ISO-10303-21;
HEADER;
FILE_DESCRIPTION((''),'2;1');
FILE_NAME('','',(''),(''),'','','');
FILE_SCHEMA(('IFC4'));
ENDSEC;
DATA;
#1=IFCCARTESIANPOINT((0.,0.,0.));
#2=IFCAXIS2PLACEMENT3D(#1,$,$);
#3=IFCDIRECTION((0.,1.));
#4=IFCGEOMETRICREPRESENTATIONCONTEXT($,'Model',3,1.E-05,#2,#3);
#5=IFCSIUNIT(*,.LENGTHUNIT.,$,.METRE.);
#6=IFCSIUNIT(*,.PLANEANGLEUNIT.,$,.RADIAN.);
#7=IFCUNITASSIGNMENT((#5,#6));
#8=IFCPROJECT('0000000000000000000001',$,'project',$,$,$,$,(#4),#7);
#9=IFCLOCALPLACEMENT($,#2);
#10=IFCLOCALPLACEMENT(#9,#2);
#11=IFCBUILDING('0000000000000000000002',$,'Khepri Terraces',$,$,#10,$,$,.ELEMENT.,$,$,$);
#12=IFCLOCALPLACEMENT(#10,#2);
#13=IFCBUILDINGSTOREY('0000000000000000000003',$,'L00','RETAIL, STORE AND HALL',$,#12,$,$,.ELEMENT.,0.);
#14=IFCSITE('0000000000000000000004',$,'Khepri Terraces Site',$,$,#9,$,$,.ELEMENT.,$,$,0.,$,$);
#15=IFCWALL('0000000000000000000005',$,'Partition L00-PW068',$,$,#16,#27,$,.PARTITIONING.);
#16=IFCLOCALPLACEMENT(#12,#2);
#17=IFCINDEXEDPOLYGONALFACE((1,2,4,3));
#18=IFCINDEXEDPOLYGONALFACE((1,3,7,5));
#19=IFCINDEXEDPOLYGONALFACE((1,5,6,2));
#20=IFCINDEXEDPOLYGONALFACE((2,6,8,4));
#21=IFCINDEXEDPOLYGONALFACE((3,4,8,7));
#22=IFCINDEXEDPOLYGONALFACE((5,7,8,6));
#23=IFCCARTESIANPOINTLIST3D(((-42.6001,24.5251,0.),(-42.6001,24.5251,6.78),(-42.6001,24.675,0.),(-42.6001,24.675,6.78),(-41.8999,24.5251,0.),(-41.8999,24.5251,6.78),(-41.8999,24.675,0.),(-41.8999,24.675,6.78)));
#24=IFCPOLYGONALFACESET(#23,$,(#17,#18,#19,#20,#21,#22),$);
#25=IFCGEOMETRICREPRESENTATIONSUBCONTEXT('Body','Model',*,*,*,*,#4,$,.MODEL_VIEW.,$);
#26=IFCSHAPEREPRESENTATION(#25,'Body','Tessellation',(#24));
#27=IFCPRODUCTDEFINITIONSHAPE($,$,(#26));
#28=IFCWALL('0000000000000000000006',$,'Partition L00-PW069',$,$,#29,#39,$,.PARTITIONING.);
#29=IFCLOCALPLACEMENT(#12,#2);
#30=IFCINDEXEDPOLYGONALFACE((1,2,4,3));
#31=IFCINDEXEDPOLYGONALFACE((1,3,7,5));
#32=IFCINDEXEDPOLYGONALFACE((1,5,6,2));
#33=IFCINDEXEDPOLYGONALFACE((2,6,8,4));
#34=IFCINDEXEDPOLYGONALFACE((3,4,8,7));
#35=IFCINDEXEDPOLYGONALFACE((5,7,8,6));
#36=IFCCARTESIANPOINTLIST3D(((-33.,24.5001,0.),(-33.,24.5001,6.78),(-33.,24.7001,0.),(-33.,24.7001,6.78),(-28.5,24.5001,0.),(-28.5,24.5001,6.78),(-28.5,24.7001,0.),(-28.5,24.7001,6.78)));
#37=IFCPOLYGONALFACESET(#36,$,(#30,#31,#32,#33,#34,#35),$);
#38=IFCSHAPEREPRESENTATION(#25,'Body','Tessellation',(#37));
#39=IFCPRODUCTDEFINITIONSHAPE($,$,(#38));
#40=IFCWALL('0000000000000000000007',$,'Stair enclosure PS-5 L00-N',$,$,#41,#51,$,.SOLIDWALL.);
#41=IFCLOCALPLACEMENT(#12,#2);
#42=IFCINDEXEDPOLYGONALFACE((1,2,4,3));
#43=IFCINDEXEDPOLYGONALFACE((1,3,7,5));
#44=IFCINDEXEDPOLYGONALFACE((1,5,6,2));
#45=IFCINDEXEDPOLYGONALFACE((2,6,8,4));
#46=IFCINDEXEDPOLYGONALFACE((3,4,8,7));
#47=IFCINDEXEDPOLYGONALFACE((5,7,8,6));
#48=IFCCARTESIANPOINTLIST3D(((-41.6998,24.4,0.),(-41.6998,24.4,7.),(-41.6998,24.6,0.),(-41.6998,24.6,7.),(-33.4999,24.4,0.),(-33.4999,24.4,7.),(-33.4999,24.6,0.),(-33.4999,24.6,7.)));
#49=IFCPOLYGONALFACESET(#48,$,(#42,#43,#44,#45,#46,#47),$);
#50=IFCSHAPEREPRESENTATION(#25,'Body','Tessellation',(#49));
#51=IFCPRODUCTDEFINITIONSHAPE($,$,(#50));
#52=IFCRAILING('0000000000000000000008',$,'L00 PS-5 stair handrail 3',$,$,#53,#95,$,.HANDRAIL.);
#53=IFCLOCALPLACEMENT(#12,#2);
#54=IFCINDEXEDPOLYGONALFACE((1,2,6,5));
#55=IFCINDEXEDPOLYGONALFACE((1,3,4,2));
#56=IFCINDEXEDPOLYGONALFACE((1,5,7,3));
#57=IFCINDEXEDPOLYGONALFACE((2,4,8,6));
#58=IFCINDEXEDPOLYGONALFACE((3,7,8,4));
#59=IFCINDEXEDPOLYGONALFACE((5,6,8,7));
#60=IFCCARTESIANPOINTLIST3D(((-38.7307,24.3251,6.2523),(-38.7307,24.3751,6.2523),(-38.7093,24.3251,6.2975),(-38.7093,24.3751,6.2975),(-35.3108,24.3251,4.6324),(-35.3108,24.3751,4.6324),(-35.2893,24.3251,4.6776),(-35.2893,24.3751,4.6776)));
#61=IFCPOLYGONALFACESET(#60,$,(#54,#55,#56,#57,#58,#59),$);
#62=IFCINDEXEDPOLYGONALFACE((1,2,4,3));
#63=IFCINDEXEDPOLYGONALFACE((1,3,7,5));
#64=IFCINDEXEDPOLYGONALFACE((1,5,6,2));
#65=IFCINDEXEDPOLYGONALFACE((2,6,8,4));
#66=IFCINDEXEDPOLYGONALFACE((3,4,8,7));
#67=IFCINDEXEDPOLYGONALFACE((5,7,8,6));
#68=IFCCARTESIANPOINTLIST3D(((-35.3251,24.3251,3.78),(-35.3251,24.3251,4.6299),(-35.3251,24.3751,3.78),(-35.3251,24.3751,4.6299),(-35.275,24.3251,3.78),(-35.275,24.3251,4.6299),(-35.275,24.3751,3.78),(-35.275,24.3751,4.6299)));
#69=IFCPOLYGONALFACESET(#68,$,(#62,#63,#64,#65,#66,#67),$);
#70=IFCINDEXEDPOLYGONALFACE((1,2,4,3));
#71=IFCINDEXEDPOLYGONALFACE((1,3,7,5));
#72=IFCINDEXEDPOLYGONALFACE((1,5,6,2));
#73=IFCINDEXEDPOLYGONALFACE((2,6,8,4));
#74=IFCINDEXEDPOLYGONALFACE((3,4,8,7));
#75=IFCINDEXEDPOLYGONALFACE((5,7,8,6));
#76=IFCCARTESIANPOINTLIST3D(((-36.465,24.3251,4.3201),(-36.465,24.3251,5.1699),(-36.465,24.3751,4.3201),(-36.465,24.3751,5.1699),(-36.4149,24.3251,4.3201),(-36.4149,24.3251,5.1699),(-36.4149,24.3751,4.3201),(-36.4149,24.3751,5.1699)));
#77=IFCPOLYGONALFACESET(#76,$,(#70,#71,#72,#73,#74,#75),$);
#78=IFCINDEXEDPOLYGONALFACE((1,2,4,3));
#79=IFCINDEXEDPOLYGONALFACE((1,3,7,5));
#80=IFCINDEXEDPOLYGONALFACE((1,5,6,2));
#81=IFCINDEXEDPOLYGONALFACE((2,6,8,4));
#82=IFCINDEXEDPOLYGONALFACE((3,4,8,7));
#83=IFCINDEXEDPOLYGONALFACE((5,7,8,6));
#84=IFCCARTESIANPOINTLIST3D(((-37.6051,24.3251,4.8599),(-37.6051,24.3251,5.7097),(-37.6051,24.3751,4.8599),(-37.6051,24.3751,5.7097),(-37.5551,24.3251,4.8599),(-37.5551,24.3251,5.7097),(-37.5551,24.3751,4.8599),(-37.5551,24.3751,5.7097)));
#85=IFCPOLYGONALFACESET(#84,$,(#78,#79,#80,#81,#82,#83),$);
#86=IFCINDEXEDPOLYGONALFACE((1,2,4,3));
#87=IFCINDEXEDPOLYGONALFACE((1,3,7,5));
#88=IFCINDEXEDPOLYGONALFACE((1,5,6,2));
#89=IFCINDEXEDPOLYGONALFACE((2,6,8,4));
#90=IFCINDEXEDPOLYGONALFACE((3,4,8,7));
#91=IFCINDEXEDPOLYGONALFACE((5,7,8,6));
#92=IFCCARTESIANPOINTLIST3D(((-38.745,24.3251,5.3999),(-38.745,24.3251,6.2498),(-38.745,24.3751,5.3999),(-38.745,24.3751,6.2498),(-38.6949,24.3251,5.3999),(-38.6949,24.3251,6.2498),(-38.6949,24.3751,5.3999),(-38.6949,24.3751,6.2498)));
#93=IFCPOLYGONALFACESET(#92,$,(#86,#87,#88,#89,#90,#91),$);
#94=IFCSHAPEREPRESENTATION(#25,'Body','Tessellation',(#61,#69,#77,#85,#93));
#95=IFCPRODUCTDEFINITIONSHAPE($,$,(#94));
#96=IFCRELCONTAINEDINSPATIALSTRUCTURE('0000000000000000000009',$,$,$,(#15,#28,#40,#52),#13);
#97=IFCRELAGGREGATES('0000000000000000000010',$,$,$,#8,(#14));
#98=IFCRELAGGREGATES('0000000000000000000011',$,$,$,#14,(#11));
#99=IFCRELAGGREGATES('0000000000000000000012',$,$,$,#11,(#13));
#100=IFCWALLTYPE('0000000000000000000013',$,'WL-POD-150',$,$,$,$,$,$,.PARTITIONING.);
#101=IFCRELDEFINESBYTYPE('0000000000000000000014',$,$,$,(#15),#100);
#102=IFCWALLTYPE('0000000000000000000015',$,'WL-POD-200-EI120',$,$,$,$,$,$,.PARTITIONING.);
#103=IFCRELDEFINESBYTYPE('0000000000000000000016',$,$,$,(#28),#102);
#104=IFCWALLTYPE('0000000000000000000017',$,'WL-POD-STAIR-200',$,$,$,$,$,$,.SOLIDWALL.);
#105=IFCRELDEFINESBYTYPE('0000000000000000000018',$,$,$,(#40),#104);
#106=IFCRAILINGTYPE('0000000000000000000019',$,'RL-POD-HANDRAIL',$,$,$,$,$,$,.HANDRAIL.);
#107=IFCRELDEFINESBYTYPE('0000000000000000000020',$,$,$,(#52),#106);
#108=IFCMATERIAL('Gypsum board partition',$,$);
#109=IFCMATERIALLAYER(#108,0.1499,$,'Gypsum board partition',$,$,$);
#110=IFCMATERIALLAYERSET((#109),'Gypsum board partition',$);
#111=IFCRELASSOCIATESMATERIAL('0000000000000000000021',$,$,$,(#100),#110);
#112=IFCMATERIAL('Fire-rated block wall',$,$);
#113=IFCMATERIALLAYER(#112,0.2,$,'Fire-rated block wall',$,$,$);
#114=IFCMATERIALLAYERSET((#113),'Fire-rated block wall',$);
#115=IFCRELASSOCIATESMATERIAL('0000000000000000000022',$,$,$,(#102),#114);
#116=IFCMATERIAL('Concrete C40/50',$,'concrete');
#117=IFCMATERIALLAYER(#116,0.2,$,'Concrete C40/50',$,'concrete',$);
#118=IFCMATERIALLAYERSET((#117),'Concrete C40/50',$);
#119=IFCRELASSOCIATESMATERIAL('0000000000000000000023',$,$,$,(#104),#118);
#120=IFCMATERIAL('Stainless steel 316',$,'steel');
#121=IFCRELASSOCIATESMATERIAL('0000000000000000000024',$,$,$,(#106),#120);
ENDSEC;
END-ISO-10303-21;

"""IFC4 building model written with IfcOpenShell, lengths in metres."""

from ifc_helpers import new_model, si_unit, direction, frame, frame_2d, origin, origin_2d, place, context, subcontext, project, spatial, rectangle, extrude, material, layer, layer_set, type_object, element, save


model = new_model("IFC4")

# Units and contexts
model_context = context("Model", 3, precision=1e-05, world=origin(), true_north=direction((0.0, 1.0)))
body_context = subcontext(model_context, "Body", "Model", "MODEL_VIEW")
ifc_project = project(units=[si_unit("LENGTHUNIT", "METRE"), si_unit("PLANEANGLEUNIT", "RADIAN")], contexts=[model_context])

# Site, building, storey
site_placement = place(None, origin())
site = spatial("IfcSite", under=ifc_project, at=site_placement, Name="Khepri Terraces Site", CompositionType="ELEMENT", RefElevation=0.0)
building_placement = place(site_placement, origin())
building = spatial("IfcBuilding", under=site, at=building_placement, Name="Khepri Terraces", CompositionType="ELEMENT")
storey_placement = place(building_placement, origin())
storey = spatial("IfcBuildingStorey", under=building, at=storey_placement, Name="L00", Description="RETAIL, STORE AND HALL", CompositionType="ELEMENT", Elevation=0.0)

# Walls
ifc_material_1 = material(Name="Gypsum board partition")
ifc_layer_1 = layer(ifc_material_1, 0.1499, Name="Gypsum board partition")
ifc_layer_set_1 = layer_set([ifc_layer_1], Name="Gypsum board partition")
wall_type_1 = type_object("IfcWallType", Name="WL-POD-150", PredefinedType="PARTITIONING", material=ifc_layer_set_1)
wall_1_placement = place(storey_placement, frame((-42.6001, 24.6001, 0.0), z_axis=(0.0, 0.0, 1.0), x_axis=(1.0, 0.0, 0.0)))
element("IfcWall", 1, at=wall_1_placement, inside=storey, type_object=wall_type_1, Name="Partition L00-PW068", PredefinedType="PARTITIONING", context=body_context, shape_type="SweptSolid", body=[
    extrude(rectangle(XDim=0.7002, YDim=0.1499, at=frame_2d((0.3501, 0.0))), origin(), (0.0, 0.0, 1.0), 6.78),
])
ifc_material_2 = material(Name="Fire-rated block wall")
ifc_layer_2 = layer(ifc_material_2, 0.2, Name="Fire-rated block wall")
ifc_layer_set_2 = layer_set([ifc_layer_2], Name="Fire-rated block wall")
wall_type_2 = type_object("IfcWallType", Name="WL-POD-200-EI120", PredefinedType="PARTITIONING", material=ifc_layer_set_2)
wall_2_placement = place(storey_placement, frame((-33.0, 24.6001, 0.0), z_axis=(0.0, 0.0, 1.0), x_axis=(1.0, 0.0, 0.0)))
element("IfcWall", 2, at=wall_2_placement, inside=storey, type_object=wall_type_2, Name="Partition L00-PW069", PredefinedType="PARTITIONING", context=body_context, shape_type="SweptSolid", body=[
    extrude(rectangle(XDim=4.5, YDim=0.2, at=frame_2d((2.25, 0.0))), origin(), (0.0, 0.0, 1.0), 6.78),
])
ifc_material_3 = material(Name="Concrete C40/50", Category="concrete")
ifc_layer_3 = layer(ifc_material_3, 0.2, Name="Concrete C40/50", Category="concrete")
ifc_layer_set_3 = layer_set([ifc_layer_3], Name="Concrete C40/50")
wall_type_3 = type_object("IfcWallType", Name="WL-POD-STAIR-200", PredefinedType="SOLIDWALL", material=ifc_layer_set_3)
wall_3_placement = place(storey_placement, frame((-41.7, 24.5, 0.0), z_axis=(0.0, 0.0, 1.0), x_axis=(1.0, 0.0, 0.0)))
element("IfcWall", 3, at=wall_3_placement, inside=storey, type_object=wall_type_3, Name="Stair enclosure PS-5 L00-N", PredefinedType="SOLIDWALL", context=body_context, shape_type="SweptSolid", body=[
    extrude(rectangle(XDim=8.2, YDim=0.2, at=frame_2d((4.1001, 0.0))), origin(), (0.0, 0.0, 1.0), 7.0),
])

# Railing
ifc_material_4 = material(Name="Stainless steel 316", Category="steel")
railing_type = type_object("IfcRailingType", Name="RL-POD-HANDRAIL", PredefinedType="HANDRAIL", material=ifc_material_4)
railing_placement = place(storey_placement, frame((-35.3, 24.3501, 3.78)))
element("IfcRailing", 4, at=railing_placement, inside=storey, type_object=railing_type, Name="L00 PS-5 stair handrail 3", PredefinedType="HANDRAIL", context=body_context, shape_type="SweptSolid", body=[
    extrude(rectangle(XDim=0.05, YDim=0.05, at=origin_2d()), frame((0.0, 0.0, 0.875), z_axis=(-0.903747, 0.0, 0.428067), x_axis=(0.0, -1.0, 0.0)), (0.0, 0.0, 1.0), 3.7842),
    extrude(rectangle(XDim=0.05, YDim=0.05, at=origin_2d()), origin(), (0.0, 0.0, 1.0), 0.8499),
    extrude(rectangle(XDim=0.05, YDim=0.05, at=origin_2d()), frame((-1.1399, 0.0, 0.54)), (0.0, 0.0, 1.0), 0.8499),
    extrude(rectangle(XDim=0.05, YDim=0.05, at=origin_2d()), frame((-2.28, 0.0, 1.0798)), (0.0, 0.0, 1.0), 0.8499),
    extrude(rectangle(XDim=0.05, YDim=0.05, at=origin_2d()), frame((-3.4199, 0.0, 1.6199)), (0.0, 0.0, 1.0), 0.8499),
])

save(model, "model.ifc")
